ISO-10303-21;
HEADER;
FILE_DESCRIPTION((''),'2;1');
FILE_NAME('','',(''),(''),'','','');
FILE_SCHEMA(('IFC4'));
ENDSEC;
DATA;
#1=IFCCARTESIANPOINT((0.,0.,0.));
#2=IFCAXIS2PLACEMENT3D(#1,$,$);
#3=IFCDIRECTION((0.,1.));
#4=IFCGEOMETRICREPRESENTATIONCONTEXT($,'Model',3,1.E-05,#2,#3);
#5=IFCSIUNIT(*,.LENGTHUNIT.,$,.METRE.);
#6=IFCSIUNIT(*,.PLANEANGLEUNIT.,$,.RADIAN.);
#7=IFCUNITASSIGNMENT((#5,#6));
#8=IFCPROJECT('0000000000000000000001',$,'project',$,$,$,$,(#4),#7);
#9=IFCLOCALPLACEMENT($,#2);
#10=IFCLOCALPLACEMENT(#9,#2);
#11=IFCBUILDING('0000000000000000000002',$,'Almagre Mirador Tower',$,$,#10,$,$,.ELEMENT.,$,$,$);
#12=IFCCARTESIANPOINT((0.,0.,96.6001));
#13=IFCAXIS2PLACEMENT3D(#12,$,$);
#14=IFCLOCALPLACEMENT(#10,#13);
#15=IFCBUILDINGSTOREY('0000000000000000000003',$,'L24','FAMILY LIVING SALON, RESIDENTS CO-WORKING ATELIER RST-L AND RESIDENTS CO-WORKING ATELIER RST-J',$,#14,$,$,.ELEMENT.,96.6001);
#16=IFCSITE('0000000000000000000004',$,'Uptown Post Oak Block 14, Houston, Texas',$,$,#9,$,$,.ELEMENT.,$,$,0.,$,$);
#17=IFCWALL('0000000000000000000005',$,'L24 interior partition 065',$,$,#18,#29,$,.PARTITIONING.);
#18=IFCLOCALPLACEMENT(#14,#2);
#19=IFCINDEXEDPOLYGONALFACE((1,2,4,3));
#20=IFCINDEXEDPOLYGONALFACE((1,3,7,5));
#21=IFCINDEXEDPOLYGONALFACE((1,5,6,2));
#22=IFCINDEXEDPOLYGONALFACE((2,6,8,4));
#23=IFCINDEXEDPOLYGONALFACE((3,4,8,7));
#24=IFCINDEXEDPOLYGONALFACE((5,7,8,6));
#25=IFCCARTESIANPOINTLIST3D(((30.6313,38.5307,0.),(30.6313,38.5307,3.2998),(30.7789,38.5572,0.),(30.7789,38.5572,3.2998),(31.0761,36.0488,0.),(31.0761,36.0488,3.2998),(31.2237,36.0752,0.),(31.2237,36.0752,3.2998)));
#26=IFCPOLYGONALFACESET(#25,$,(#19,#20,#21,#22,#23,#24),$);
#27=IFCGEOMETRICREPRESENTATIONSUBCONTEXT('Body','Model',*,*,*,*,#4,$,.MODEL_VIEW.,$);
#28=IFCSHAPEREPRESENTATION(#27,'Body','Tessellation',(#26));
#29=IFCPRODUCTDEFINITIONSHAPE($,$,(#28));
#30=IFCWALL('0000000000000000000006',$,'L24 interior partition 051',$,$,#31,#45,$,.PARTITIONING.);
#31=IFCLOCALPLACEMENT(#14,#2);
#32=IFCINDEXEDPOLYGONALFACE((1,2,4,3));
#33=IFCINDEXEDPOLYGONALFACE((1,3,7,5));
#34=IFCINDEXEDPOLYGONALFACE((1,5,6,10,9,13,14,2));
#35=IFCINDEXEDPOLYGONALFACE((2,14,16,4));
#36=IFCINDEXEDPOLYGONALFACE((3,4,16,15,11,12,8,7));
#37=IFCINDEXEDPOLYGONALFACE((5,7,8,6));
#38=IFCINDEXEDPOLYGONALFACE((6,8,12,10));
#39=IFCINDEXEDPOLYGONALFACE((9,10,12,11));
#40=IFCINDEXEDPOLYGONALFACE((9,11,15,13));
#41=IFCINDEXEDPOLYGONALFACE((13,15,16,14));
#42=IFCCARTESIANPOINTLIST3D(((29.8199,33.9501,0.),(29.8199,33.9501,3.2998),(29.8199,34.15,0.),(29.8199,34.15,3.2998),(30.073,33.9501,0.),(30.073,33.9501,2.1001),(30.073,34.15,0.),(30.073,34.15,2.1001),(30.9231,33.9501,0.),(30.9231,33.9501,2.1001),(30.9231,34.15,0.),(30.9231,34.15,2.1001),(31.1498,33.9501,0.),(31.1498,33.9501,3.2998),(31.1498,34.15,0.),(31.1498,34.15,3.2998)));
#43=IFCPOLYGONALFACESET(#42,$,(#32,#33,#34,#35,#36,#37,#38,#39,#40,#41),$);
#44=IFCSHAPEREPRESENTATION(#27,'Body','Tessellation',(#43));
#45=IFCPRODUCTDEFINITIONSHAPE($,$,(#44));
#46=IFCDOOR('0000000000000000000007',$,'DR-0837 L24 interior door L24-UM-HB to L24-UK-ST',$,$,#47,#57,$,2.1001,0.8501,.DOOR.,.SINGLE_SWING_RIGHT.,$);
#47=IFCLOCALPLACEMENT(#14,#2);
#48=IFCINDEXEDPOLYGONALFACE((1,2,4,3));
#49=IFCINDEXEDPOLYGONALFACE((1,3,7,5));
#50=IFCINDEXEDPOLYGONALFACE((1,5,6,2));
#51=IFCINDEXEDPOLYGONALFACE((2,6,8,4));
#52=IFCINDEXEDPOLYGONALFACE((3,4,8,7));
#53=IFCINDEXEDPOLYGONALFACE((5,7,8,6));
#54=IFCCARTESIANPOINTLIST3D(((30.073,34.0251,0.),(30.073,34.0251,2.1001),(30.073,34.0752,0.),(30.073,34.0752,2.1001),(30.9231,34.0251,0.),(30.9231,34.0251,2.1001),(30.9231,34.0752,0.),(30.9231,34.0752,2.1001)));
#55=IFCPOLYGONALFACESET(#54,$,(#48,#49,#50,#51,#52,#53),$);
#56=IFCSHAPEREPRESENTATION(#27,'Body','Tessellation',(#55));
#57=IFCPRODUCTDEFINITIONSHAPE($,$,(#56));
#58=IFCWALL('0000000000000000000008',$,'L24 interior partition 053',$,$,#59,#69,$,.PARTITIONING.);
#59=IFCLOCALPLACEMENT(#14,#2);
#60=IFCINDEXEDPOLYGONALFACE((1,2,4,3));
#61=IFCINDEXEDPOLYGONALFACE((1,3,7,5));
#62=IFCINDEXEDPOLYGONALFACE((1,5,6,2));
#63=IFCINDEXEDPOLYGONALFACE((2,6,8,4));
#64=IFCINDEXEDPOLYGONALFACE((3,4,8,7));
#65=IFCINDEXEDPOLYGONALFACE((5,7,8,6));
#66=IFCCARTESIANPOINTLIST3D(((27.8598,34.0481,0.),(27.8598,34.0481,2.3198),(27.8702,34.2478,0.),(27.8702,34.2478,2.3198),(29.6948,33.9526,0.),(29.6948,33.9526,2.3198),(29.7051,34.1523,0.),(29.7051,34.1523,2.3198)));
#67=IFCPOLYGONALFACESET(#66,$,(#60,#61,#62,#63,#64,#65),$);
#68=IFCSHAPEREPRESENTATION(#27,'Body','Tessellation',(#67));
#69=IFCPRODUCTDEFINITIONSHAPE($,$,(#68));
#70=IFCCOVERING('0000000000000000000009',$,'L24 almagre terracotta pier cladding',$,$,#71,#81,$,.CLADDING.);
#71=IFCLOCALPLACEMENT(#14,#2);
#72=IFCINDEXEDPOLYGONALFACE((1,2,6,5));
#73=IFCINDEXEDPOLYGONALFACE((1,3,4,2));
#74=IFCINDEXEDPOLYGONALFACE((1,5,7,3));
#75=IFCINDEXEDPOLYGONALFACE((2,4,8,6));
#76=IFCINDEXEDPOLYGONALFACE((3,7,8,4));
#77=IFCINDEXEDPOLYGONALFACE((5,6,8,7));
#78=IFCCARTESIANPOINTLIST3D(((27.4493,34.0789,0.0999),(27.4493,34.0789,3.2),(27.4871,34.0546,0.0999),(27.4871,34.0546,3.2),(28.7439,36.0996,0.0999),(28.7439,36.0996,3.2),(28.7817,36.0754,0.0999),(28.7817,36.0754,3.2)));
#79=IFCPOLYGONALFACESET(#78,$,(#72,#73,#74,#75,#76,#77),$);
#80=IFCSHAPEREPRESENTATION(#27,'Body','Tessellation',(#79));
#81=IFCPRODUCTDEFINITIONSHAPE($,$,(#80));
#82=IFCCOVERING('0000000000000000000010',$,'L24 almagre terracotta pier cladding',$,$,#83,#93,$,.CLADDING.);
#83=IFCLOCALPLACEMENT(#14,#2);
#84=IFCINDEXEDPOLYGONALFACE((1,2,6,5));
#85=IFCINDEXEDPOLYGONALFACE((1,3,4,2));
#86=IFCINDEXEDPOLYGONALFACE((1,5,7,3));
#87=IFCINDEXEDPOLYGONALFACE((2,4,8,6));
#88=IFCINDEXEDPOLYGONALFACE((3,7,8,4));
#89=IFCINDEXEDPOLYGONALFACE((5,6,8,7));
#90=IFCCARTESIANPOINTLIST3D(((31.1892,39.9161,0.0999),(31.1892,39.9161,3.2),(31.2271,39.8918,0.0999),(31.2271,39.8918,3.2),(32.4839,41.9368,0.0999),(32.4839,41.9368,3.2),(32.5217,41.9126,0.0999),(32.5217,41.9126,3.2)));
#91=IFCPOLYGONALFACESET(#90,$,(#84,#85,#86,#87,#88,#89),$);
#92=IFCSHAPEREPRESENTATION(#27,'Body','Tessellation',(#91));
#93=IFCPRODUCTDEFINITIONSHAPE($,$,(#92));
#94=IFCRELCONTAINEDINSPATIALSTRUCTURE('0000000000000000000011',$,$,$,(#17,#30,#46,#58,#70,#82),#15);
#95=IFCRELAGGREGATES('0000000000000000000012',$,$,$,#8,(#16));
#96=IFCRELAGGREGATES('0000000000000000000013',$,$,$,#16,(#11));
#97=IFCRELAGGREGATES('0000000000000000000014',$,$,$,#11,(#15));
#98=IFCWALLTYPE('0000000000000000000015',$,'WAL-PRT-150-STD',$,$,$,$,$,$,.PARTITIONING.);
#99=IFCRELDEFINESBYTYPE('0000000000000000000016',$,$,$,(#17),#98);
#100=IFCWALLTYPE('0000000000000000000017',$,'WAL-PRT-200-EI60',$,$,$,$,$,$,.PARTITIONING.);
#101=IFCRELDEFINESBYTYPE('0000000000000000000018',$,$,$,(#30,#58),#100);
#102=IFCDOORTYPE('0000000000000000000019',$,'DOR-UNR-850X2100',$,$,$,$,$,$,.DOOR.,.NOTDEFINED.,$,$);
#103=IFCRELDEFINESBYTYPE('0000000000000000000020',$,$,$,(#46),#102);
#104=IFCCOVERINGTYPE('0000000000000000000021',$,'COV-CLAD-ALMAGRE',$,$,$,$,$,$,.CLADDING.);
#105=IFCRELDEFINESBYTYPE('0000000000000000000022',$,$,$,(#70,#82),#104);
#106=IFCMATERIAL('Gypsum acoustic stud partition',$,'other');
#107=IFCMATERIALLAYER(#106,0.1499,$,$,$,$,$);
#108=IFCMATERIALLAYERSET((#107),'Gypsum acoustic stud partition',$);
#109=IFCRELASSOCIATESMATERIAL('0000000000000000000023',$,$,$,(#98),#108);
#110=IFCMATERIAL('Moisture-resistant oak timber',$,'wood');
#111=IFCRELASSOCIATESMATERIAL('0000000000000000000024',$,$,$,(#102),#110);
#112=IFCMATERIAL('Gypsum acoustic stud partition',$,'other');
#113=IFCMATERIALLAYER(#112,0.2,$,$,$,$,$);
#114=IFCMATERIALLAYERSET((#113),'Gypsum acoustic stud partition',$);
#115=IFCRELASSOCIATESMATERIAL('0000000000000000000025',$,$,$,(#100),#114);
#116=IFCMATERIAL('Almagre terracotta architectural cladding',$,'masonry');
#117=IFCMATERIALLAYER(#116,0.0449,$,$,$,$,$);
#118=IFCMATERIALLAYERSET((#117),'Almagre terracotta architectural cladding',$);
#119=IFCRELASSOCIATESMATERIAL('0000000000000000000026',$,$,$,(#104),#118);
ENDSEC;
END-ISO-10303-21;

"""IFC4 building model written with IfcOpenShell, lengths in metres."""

from ifc_helpers import new_model, si_unit, direction, frame, frame_2d, origin, origin_2d, place, context, subcontext, project, spatial, rectangle, extrude, material, layer, layer_set, type_object, element, fill, save


model = new_model("IFC4")

# Units and contexts
model_context = context("Model", 3, precision=1e-05, world=origin(), true_north=direction((0.0, 1.0)))
body_context = subcontext(model_context, "Body", "Model", "MODEL_VIEW")
ifc_project = project(units=[si_unit("LENGTHUNIT", "METRE"), si_unit("PLANEANGLEUNIT", "RADIAN")], contexts=[model_context])

# Site, building, storey
site_placement = place(None, origin())
site = spatial("IfcSite", under=ifc_project, at=site_placement, Name="Uptown Post Oak Block 14, Houston, Texas", CompositionType="ELEMENT", RefElevation=0.0)
building_placement = place(site_placement, origin())
building = spatial("IfcBuilding", under=site, at=building_placement, Name="Almagre Mirador Tower", CompositionType="ELEMENT")
storey_placement = place(building_placement, frame((0.0, 0.0, 96.6001)))
storey = spatial("IfcBuildingStorey", under=building, at=storey_placement, Name="L24", Description="FAMILY LIVING SALON, RESIDENTS CO-WORKING ATELIER RST-L AND RESIDENTS CO-WORKING ATELIER RST-J", CompositionType="ELEMENT", Elevation=96.6001)

# Shared definitions
ifc_material_1 = material(Name="Gypsum acoustic stud partition", Category="other")
ifc_layer_1 = layer(ifc_material_1, 0.1499)
ifc_layer_set_1 = layer_set([ifc_layer_1], Name="Gypsum acoustic stud partition")
wall_type_1 = type_object("IfcWallType", Name="WAL-PRT-150-STD", PredefinedType="PARTITIONING", material=ifc_layer_set_1)
ifc_material_2 = material(Name="Moisture-resistant oak timber", Category="wood")
door_type_1 = type_object("IfcDoorType", Name="DOR-UNR-850X2100", OperationType="NOTDEFINED", PredefinedType="DOOR", material=ifc_material_2)

# Wall
wall_1_placement = place(storey_placement, frame((31.1499, 36.062, 0.0), z_axis=(0.0, 0.0, 1.0), x_axis=(-0.176414, 0.984316, 0.0)))
element("IfcWall", 1, at=wall_1_placement, inside=storey, type_object=wall_type_1, Name="L24 interior partition 065", PredefinedType="PARTITIONING", context=body_context, shape_type="SweptSolid", body=[
    extrude(rectangle(XDim=2.5215, YDim=0.1499, at=frame_2d((1.2607, 0.0))), origin(), (0.0, 0.0, 1.0), 3.2998),
])

# Wall, opening, door
ifc_material_3 = material(Name="Gypsum acoustic stud partition", Category="other")
ifc_layer_2 = layer(ifc_material_3, 0.2)
ifc_layer_set_2 = layer_set([ifc_layer_2], Name="Gypsum acoustic stud partition")
wall_type_2 = type_object("IfcWallType", Name="WAL-PRT-200-EI60", PredefinedType="PARTITIONING", material=ifc_layer_set_2)
wall_2_placement = place(storey_placement, frame((31.1499, 34.05, 0.0), z_axis=(0.0, 0.0, 1.0), x_axis=(-1.0, 0.0, 0.0)))
wall_2 = element("IfcWall", 2, at=wall_2_placement, inside=storey, type_object=wall_type_2, Name="L24 interior partition 051", PredefinedType="PARTITIONING", context=body_context, shape_type="SweptSolid", body=[
    extrude(rectangle(XDim=1.3298, YDim=0.2, at=frame_2d((0.665, 0.0))), origin(), (0.0, 0.0, 1.0), 3.2998),
])
opening_1_placement = place(wall_2_placement, frame((0.2268, 0.0, 0.0)))
opening_1 = element("IfcOpeningElement", 3, at=opening_1_placement, cuts=wall_2, PredefinedType="OPENING", context=body_context, shape_type="SweptSolid", body=[
    extrude(rectangle(XDim=0.8501, YDim=2.1001, at=frame_2d((0.425, 1.05))), frame((0.0, 0.1101, 0.0), z_axis=(0.0, -1.0, 0.0), x_axis=(1.0, 0.0, 0.0)), (0.0, 0.0, 1.0), 0.22),
])
door_1_placement = place(opening_1_placement, origin())
door_1 = element("IfcDoor", 4, at=door_1_placement, inside=storey, type_object=door_type_1, Name="DR-0837 L24 interior door L24-UM-HB to L24-UK-ST", OperationType="SINGLE_SWING_RIGHT", OverallHeight=2.1001, OverallWidth=0.8501, PredefinedType="DOOR", context=body_context, shape_type="SweptSolid", body=[
    extrude(rectangle(XDim=0.8501, YDim=2.1001, at=frame_2d((0.425, 1.05))), frame((0.0, 0.0249, 0.0), z_axis=(0.0, -1.0, 0.0), x_axis=(1.0, 0.0, 0.0)), (0.0, 0.0, 1.0), 0.05),
])
fill(opening_1, door_1)

# Wall
wall_3_placement = place(storey_placement, frame((29.7, 34.0525, 0.0), z_axis=(0.0, 0.0, 1.0), x_axis=(-0.99865, 0.051952, 0.0)))
element("IfcWall", 5, at=wall_3_placement, inside=storey, type_object=wall_type_2, Name="L24 interior partition 053", PredefinedType="PARTITIONING", context=body_context, shape_type="SweptSolid", body=[
    extrude(rectangle(XDim=1.8374, YDim=0.2, at=frame_2d((0.9187, 0.0))), origin(), (0.0, 0.0, 1.0), 2.3198),
])

# Coverings
ifc_material_4 = material(Name="Almagre terracotta architectural cladding", Category="masonry")
ifc_layer_3 = layer(ifc_material_4, 0.0449)
ifc_layer_set_3 = layer_set([ifc_layer_3], Name="Almagre terracotta architectural cladding")
covering_type = type_object("IfcCoveringType", Name="COV-CLAD-ALMAGRE", PredefinedType="CLADDING", material=ifc_layer_set_3)
for number, where, z_axis, x_axis, name in (
    (6, (28.1155, 35.0771, 0.0999), (0.0, 0.0, 1.0), (0.539447, 0.84202, 0.0), "L24 almagre terracotta pier cladding"),
    (7, (31.8555, 40.9143, 0.0999), (0.0, 0.0, 1.0), (0.539462, 0.84201, 0.0), "L24 almagre terracotta pier cladding"),
):
    element("IfcCovering", number, at=place(storey_placement, frame(where, z_axis=z_axis, x_axis=x_axis)), inside=storey, type_object=covering_type, Name=name, PredefinedType="CLADDING", context=body_context, shape_type="SweptSolid", body=[
        extrude(rectangle(XDim=2.3999, YDim=0.0449, at=origin_2d()), origin(), (0.0, 0.0, 1.0), 3.1001),
    ])

save(model, "model.ifc")
